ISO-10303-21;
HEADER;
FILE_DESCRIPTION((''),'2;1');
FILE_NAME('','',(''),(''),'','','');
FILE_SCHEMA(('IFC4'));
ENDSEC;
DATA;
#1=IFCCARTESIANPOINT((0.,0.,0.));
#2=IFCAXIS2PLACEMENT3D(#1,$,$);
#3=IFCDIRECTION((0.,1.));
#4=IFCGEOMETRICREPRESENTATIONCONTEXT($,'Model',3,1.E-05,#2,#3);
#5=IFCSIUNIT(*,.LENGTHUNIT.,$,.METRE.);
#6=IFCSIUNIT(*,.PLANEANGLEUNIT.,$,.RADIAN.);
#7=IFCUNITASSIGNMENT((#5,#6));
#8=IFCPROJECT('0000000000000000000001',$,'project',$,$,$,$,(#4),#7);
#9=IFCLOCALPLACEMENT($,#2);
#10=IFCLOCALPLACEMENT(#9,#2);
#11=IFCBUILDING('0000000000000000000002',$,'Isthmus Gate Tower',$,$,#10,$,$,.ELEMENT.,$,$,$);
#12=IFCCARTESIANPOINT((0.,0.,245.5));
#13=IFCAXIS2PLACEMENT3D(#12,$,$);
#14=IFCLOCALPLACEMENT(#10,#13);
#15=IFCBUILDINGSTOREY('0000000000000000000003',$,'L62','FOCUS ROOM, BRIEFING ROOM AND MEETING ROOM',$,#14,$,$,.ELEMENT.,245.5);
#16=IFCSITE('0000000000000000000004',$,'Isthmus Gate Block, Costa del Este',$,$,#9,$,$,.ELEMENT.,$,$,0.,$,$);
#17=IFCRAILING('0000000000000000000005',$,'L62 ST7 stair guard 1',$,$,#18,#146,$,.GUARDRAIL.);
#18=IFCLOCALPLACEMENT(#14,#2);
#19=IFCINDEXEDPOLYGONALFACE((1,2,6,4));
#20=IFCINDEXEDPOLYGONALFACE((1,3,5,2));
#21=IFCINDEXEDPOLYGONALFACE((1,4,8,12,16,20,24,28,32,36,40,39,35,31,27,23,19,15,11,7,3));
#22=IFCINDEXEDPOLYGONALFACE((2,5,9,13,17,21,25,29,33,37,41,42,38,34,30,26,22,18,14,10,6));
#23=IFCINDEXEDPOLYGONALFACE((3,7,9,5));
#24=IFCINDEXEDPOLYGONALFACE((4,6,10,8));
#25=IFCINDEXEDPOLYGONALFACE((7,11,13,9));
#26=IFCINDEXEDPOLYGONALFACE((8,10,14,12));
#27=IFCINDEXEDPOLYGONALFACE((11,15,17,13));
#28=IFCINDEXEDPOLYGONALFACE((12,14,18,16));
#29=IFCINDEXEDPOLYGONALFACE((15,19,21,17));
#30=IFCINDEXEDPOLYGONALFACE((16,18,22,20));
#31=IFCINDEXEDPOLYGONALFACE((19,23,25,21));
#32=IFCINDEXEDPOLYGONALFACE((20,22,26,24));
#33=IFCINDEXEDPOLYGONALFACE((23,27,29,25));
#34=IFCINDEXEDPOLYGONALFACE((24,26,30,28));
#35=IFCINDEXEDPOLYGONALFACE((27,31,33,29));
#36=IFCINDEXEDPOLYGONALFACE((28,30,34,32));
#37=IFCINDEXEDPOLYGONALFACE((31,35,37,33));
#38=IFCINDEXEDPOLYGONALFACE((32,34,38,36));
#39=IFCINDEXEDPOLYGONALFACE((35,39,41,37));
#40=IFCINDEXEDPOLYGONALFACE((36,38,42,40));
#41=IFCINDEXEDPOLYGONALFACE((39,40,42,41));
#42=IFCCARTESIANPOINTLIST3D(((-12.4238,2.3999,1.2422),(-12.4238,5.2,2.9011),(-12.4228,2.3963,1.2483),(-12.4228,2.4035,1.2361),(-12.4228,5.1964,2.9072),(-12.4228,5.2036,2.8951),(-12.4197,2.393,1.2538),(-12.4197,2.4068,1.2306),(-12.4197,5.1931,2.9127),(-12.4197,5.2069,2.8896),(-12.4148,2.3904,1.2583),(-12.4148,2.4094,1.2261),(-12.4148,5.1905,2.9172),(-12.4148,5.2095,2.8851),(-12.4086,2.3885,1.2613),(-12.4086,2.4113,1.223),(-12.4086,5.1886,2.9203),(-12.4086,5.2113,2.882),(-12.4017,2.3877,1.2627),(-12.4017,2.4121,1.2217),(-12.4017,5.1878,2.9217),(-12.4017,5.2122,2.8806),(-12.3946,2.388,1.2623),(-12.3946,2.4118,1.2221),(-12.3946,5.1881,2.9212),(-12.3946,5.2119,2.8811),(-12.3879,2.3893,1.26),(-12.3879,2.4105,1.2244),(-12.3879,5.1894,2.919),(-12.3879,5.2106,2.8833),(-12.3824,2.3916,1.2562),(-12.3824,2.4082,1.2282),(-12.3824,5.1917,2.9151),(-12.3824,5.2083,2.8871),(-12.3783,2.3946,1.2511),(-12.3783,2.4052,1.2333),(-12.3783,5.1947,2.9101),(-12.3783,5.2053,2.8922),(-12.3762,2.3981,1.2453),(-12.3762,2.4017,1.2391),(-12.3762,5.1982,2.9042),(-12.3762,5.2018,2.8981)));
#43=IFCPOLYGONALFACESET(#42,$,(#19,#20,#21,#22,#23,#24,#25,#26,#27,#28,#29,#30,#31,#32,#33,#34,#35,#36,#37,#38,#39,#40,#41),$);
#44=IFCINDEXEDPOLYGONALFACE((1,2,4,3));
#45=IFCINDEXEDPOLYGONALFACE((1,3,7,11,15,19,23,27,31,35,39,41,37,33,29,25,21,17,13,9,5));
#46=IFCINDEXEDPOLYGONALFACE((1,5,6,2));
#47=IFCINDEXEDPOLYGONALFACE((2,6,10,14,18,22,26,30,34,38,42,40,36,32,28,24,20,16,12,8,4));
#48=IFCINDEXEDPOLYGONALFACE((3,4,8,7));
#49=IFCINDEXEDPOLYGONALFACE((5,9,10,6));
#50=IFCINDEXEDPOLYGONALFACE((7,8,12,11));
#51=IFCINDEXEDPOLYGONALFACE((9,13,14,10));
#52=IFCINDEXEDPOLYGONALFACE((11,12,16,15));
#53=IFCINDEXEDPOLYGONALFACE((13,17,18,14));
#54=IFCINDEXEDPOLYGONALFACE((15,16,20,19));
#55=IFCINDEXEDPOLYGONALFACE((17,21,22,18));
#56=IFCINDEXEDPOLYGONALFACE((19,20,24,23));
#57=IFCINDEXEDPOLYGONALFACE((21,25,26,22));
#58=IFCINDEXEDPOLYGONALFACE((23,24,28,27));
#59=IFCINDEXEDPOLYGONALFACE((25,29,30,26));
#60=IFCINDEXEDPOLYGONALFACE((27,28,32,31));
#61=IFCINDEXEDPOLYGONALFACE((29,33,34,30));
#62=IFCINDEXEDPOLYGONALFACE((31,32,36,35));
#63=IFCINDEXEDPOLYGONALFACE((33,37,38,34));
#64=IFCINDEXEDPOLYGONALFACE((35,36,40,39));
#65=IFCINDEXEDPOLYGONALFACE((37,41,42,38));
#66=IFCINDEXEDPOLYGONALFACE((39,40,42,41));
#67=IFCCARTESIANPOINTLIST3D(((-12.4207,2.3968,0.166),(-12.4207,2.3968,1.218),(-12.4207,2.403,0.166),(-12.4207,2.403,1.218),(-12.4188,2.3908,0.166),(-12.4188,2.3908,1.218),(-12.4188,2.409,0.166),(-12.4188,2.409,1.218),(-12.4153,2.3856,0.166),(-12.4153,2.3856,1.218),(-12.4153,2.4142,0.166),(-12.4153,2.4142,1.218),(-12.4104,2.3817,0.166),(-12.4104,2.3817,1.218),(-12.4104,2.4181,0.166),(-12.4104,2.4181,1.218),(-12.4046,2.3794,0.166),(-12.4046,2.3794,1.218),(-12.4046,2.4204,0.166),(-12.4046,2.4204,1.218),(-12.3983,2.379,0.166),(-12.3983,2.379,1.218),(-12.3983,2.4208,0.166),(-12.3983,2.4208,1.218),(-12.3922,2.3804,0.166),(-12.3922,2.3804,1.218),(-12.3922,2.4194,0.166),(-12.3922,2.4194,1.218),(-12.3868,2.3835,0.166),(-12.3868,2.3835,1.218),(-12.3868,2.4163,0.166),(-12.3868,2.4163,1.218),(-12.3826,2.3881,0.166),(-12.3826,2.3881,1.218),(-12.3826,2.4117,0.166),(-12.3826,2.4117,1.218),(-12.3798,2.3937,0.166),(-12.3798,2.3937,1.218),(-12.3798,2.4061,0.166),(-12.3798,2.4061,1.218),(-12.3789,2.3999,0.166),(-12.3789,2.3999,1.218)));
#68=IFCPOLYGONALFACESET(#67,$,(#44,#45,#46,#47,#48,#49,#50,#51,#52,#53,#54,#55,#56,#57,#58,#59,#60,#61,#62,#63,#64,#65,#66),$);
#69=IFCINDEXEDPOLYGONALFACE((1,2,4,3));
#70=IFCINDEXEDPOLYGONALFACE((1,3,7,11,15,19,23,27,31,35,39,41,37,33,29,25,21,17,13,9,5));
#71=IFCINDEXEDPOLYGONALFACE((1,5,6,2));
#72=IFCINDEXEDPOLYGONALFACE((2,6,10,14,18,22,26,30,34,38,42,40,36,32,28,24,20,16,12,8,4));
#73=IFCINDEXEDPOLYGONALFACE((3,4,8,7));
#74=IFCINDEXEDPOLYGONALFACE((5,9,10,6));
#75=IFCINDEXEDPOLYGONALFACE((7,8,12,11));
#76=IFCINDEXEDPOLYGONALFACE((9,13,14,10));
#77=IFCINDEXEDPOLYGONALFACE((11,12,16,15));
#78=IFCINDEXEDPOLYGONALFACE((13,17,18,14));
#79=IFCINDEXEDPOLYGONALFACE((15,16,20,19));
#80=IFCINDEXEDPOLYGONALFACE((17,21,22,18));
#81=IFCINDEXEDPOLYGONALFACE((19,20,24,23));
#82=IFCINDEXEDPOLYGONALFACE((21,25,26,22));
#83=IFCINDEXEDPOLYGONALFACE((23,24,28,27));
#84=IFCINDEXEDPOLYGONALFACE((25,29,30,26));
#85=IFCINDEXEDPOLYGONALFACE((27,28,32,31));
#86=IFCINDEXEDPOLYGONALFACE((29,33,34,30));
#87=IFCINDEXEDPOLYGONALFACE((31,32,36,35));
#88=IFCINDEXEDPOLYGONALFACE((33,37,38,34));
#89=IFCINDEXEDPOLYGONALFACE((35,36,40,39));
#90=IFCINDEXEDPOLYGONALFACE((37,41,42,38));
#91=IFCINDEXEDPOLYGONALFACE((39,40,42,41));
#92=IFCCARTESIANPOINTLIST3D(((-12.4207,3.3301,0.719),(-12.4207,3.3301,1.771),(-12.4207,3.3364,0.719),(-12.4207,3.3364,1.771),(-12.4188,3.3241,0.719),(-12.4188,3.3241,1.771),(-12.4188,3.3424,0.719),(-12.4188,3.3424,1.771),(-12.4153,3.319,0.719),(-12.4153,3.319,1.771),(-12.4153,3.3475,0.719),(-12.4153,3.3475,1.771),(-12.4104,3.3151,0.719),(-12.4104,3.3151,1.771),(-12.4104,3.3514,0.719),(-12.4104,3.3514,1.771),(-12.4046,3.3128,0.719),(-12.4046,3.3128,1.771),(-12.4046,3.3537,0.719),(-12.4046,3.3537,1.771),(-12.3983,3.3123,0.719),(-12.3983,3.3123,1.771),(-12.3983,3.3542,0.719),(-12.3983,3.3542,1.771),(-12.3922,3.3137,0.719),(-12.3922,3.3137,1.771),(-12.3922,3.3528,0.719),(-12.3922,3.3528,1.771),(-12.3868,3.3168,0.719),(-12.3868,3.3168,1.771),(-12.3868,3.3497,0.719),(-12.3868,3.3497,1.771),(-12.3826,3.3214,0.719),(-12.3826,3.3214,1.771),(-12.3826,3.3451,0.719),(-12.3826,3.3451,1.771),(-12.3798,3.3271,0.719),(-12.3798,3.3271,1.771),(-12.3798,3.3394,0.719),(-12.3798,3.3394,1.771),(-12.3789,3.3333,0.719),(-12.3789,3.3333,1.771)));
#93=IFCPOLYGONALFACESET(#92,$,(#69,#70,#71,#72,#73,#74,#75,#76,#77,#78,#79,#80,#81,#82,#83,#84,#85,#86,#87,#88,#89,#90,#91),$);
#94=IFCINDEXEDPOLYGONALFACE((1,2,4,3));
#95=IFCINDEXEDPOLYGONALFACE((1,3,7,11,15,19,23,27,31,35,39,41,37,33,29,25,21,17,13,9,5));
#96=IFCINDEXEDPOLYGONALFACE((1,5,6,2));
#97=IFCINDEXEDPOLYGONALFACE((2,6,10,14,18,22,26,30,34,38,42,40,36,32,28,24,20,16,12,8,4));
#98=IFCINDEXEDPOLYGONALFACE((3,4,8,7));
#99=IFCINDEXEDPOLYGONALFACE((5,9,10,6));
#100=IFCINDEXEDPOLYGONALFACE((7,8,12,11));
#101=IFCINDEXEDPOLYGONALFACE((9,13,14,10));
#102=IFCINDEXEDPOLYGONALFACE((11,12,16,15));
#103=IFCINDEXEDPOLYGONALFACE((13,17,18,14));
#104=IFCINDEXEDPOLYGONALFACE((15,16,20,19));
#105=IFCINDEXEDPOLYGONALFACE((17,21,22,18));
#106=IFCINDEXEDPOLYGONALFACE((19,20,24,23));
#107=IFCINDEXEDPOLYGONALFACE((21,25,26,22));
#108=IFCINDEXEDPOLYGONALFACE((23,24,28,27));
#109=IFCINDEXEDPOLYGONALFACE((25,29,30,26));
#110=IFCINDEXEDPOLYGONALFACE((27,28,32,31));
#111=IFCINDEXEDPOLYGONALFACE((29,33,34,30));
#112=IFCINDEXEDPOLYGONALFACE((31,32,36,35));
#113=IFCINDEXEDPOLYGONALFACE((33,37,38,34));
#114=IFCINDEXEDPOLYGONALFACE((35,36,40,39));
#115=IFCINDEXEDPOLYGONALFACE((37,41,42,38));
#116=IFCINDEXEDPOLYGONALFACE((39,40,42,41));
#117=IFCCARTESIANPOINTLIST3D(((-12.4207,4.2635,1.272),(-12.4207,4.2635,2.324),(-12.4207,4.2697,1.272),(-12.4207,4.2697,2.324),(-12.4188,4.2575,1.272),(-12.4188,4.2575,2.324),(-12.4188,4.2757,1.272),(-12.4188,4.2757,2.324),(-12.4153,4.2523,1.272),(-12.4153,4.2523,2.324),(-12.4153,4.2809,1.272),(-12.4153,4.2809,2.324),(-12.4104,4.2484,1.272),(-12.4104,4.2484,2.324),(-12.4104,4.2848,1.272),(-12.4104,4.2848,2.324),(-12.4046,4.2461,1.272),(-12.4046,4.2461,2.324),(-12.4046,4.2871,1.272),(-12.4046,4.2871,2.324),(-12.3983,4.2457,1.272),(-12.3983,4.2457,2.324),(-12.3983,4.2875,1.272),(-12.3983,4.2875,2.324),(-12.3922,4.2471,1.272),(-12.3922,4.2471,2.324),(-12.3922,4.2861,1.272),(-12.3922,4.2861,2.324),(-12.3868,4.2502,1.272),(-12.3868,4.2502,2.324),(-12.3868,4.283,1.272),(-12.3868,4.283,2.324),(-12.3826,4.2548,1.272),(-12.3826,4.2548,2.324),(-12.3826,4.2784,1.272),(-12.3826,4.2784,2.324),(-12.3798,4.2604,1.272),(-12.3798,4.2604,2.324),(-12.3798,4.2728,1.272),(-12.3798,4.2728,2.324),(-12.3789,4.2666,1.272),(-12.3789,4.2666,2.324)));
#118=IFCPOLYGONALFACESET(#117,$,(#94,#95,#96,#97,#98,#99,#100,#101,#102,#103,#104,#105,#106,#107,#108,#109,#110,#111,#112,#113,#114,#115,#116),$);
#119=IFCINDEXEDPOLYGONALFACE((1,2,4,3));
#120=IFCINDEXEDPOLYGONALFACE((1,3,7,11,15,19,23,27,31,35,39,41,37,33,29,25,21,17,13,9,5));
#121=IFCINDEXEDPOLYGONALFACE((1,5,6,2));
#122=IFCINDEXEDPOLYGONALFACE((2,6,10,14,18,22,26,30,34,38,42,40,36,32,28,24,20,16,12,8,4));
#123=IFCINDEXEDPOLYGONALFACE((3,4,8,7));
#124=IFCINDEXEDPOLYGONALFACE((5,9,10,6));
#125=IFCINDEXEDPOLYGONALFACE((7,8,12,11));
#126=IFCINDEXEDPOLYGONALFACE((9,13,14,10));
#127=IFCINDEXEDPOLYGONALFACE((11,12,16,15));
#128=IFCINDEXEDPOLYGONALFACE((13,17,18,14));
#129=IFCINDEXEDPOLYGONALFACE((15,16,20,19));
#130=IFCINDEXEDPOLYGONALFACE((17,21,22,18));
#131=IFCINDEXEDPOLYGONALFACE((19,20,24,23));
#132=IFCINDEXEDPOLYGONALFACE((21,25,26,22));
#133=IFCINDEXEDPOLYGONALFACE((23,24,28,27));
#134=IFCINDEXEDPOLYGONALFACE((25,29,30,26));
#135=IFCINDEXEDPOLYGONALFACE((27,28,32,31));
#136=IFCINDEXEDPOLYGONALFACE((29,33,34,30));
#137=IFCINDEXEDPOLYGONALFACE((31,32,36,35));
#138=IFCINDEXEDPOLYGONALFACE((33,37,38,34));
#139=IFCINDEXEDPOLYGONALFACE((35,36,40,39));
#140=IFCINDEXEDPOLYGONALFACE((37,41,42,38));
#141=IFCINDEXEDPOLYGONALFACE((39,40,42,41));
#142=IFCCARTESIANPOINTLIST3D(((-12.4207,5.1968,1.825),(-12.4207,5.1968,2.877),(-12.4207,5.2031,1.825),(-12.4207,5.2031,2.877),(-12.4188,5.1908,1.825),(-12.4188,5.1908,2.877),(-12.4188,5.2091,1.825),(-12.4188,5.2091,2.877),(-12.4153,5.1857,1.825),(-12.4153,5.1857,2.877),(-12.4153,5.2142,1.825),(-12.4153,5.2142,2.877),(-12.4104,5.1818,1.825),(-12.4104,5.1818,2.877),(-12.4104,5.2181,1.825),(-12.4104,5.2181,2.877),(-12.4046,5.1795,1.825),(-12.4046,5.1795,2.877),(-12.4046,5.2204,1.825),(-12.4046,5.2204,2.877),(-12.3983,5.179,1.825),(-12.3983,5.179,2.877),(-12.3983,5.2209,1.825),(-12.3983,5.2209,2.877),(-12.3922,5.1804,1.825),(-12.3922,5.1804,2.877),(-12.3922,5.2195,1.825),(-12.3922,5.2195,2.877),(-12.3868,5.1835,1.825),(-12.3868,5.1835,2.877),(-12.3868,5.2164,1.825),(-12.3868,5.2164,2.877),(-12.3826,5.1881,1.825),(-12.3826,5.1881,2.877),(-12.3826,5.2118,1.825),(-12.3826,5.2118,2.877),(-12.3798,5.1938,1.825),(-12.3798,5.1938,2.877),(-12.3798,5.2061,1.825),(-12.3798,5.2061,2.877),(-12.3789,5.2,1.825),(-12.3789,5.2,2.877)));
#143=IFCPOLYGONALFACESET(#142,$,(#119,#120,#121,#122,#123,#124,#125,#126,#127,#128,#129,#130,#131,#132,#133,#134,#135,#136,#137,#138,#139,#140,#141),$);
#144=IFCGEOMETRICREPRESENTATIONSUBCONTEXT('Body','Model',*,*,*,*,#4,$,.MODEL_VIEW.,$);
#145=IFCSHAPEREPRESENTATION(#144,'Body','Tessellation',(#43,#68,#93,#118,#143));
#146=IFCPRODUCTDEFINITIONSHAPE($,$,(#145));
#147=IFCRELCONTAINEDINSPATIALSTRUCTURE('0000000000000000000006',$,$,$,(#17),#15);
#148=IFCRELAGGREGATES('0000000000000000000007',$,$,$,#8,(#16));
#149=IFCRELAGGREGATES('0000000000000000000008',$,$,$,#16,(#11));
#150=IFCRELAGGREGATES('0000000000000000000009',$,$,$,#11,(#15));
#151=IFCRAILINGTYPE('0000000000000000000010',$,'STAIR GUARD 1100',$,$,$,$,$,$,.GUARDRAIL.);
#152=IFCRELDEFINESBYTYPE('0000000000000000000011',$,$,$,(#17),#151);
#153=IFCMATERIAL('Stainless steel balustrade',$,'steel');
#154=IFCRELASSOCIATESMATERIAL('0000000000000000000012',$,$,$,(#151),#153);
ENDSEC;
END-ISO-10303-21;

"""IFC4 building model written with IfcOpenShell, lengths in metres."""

from ifc_helpers import new_model, si_unit, direction, frame, origin, origin_2d, place, context, subcontext, project, spatial, circle, extrude, material, type_object, element, save


model = new_model("IFC4")

# Units and contexts
model_context = context("Model", 3, precision=1e-05, world=origin(), true_north=direction((0.0, 1.0)))
body_context = subcontext(model_context, "Body", "Model", "MODEL_VIEW")
ifc_project = project(units=[si_unit("LENGTHUNIT", "METRE"), si_unit("PLANEANGLEUNIT", "RADIAN")], contexts=[model_context])

# Site, building, storey
site_placement = place(None, origin())
site = spatial("IfcSite", under=ifc_project, at=site_placement, Name="Isthmus Gate Block, Costa del Este", CompositionType="ELEMENT", RefElevation=0.0)
building_placement = place(site_placement, origin())
building = spatial("IfcBuilding", under=site, at=building_placement, Name="Isthmus Gate Tower", CompositionType="ELEMENT")
storey_placement = place(building_placement, frame((0.0, 0.0, 245.5)))
storey = spatial("IfcBuildingStorey", under=building, at=storey_placement, Name="L62", Description="FOCUS ROOM, BRIEFING ROOM AND MEETING ROOM", CompositionType="ELEMENT", Elevation=245.5)

# Railing
ifc_material_1 = material(Name="Stainless steel balustrade", Category="steel")
railing_type = type_object("IfcRailingType", Name="STAIR GUARD 1100", PredefinedType="GUARDRAIL", material=ifc_material_1)
railing_1_placement = place(storey_placement, frame((-12.3999, 2.3999, 0.166)))
element("IfcRailing", 1, at=railing_1_placement, inside=storey, type_object=railing_type, Name="L62 ST7 stair guard 1", PredefinedType="GUARDRAIL", context=body_context, shape_type="SweptSolid", body=[
    extrude(circle(Radius=0.0239, at=origin_2d()), frame((0.0, 0.0, 1.0762), z_axis=(0.0, 0.860339, 0.509722), x_axis=(-1.0, 0.0, 0.0)), (0.0, 0.0, 1.0), 3.2546),
    extrude(circle(Radius=0.021, at=origin_2d()), origin(), (0.0, 0.0, 1.0), 1.052),
    extrude(circle(Radius=0.021, at=origin_2d()), frame((0.0, 0.9333, 0.553)), (0.0, 0.0, 1.0), 1.052),
    extrude(circle(Radius=0.021, at=origin_2d()), frame((0.0, 1.8667, 1.106)), (0.0, 0.0, 1.0), 1.052),
    extrude(circle(Radius=0.021, at=origin_2d()), frame((0.0, 2.8, 1.6589)), (0.0, 0.0, 1.0), 1.052),
])

save(model, "model.ifc")
